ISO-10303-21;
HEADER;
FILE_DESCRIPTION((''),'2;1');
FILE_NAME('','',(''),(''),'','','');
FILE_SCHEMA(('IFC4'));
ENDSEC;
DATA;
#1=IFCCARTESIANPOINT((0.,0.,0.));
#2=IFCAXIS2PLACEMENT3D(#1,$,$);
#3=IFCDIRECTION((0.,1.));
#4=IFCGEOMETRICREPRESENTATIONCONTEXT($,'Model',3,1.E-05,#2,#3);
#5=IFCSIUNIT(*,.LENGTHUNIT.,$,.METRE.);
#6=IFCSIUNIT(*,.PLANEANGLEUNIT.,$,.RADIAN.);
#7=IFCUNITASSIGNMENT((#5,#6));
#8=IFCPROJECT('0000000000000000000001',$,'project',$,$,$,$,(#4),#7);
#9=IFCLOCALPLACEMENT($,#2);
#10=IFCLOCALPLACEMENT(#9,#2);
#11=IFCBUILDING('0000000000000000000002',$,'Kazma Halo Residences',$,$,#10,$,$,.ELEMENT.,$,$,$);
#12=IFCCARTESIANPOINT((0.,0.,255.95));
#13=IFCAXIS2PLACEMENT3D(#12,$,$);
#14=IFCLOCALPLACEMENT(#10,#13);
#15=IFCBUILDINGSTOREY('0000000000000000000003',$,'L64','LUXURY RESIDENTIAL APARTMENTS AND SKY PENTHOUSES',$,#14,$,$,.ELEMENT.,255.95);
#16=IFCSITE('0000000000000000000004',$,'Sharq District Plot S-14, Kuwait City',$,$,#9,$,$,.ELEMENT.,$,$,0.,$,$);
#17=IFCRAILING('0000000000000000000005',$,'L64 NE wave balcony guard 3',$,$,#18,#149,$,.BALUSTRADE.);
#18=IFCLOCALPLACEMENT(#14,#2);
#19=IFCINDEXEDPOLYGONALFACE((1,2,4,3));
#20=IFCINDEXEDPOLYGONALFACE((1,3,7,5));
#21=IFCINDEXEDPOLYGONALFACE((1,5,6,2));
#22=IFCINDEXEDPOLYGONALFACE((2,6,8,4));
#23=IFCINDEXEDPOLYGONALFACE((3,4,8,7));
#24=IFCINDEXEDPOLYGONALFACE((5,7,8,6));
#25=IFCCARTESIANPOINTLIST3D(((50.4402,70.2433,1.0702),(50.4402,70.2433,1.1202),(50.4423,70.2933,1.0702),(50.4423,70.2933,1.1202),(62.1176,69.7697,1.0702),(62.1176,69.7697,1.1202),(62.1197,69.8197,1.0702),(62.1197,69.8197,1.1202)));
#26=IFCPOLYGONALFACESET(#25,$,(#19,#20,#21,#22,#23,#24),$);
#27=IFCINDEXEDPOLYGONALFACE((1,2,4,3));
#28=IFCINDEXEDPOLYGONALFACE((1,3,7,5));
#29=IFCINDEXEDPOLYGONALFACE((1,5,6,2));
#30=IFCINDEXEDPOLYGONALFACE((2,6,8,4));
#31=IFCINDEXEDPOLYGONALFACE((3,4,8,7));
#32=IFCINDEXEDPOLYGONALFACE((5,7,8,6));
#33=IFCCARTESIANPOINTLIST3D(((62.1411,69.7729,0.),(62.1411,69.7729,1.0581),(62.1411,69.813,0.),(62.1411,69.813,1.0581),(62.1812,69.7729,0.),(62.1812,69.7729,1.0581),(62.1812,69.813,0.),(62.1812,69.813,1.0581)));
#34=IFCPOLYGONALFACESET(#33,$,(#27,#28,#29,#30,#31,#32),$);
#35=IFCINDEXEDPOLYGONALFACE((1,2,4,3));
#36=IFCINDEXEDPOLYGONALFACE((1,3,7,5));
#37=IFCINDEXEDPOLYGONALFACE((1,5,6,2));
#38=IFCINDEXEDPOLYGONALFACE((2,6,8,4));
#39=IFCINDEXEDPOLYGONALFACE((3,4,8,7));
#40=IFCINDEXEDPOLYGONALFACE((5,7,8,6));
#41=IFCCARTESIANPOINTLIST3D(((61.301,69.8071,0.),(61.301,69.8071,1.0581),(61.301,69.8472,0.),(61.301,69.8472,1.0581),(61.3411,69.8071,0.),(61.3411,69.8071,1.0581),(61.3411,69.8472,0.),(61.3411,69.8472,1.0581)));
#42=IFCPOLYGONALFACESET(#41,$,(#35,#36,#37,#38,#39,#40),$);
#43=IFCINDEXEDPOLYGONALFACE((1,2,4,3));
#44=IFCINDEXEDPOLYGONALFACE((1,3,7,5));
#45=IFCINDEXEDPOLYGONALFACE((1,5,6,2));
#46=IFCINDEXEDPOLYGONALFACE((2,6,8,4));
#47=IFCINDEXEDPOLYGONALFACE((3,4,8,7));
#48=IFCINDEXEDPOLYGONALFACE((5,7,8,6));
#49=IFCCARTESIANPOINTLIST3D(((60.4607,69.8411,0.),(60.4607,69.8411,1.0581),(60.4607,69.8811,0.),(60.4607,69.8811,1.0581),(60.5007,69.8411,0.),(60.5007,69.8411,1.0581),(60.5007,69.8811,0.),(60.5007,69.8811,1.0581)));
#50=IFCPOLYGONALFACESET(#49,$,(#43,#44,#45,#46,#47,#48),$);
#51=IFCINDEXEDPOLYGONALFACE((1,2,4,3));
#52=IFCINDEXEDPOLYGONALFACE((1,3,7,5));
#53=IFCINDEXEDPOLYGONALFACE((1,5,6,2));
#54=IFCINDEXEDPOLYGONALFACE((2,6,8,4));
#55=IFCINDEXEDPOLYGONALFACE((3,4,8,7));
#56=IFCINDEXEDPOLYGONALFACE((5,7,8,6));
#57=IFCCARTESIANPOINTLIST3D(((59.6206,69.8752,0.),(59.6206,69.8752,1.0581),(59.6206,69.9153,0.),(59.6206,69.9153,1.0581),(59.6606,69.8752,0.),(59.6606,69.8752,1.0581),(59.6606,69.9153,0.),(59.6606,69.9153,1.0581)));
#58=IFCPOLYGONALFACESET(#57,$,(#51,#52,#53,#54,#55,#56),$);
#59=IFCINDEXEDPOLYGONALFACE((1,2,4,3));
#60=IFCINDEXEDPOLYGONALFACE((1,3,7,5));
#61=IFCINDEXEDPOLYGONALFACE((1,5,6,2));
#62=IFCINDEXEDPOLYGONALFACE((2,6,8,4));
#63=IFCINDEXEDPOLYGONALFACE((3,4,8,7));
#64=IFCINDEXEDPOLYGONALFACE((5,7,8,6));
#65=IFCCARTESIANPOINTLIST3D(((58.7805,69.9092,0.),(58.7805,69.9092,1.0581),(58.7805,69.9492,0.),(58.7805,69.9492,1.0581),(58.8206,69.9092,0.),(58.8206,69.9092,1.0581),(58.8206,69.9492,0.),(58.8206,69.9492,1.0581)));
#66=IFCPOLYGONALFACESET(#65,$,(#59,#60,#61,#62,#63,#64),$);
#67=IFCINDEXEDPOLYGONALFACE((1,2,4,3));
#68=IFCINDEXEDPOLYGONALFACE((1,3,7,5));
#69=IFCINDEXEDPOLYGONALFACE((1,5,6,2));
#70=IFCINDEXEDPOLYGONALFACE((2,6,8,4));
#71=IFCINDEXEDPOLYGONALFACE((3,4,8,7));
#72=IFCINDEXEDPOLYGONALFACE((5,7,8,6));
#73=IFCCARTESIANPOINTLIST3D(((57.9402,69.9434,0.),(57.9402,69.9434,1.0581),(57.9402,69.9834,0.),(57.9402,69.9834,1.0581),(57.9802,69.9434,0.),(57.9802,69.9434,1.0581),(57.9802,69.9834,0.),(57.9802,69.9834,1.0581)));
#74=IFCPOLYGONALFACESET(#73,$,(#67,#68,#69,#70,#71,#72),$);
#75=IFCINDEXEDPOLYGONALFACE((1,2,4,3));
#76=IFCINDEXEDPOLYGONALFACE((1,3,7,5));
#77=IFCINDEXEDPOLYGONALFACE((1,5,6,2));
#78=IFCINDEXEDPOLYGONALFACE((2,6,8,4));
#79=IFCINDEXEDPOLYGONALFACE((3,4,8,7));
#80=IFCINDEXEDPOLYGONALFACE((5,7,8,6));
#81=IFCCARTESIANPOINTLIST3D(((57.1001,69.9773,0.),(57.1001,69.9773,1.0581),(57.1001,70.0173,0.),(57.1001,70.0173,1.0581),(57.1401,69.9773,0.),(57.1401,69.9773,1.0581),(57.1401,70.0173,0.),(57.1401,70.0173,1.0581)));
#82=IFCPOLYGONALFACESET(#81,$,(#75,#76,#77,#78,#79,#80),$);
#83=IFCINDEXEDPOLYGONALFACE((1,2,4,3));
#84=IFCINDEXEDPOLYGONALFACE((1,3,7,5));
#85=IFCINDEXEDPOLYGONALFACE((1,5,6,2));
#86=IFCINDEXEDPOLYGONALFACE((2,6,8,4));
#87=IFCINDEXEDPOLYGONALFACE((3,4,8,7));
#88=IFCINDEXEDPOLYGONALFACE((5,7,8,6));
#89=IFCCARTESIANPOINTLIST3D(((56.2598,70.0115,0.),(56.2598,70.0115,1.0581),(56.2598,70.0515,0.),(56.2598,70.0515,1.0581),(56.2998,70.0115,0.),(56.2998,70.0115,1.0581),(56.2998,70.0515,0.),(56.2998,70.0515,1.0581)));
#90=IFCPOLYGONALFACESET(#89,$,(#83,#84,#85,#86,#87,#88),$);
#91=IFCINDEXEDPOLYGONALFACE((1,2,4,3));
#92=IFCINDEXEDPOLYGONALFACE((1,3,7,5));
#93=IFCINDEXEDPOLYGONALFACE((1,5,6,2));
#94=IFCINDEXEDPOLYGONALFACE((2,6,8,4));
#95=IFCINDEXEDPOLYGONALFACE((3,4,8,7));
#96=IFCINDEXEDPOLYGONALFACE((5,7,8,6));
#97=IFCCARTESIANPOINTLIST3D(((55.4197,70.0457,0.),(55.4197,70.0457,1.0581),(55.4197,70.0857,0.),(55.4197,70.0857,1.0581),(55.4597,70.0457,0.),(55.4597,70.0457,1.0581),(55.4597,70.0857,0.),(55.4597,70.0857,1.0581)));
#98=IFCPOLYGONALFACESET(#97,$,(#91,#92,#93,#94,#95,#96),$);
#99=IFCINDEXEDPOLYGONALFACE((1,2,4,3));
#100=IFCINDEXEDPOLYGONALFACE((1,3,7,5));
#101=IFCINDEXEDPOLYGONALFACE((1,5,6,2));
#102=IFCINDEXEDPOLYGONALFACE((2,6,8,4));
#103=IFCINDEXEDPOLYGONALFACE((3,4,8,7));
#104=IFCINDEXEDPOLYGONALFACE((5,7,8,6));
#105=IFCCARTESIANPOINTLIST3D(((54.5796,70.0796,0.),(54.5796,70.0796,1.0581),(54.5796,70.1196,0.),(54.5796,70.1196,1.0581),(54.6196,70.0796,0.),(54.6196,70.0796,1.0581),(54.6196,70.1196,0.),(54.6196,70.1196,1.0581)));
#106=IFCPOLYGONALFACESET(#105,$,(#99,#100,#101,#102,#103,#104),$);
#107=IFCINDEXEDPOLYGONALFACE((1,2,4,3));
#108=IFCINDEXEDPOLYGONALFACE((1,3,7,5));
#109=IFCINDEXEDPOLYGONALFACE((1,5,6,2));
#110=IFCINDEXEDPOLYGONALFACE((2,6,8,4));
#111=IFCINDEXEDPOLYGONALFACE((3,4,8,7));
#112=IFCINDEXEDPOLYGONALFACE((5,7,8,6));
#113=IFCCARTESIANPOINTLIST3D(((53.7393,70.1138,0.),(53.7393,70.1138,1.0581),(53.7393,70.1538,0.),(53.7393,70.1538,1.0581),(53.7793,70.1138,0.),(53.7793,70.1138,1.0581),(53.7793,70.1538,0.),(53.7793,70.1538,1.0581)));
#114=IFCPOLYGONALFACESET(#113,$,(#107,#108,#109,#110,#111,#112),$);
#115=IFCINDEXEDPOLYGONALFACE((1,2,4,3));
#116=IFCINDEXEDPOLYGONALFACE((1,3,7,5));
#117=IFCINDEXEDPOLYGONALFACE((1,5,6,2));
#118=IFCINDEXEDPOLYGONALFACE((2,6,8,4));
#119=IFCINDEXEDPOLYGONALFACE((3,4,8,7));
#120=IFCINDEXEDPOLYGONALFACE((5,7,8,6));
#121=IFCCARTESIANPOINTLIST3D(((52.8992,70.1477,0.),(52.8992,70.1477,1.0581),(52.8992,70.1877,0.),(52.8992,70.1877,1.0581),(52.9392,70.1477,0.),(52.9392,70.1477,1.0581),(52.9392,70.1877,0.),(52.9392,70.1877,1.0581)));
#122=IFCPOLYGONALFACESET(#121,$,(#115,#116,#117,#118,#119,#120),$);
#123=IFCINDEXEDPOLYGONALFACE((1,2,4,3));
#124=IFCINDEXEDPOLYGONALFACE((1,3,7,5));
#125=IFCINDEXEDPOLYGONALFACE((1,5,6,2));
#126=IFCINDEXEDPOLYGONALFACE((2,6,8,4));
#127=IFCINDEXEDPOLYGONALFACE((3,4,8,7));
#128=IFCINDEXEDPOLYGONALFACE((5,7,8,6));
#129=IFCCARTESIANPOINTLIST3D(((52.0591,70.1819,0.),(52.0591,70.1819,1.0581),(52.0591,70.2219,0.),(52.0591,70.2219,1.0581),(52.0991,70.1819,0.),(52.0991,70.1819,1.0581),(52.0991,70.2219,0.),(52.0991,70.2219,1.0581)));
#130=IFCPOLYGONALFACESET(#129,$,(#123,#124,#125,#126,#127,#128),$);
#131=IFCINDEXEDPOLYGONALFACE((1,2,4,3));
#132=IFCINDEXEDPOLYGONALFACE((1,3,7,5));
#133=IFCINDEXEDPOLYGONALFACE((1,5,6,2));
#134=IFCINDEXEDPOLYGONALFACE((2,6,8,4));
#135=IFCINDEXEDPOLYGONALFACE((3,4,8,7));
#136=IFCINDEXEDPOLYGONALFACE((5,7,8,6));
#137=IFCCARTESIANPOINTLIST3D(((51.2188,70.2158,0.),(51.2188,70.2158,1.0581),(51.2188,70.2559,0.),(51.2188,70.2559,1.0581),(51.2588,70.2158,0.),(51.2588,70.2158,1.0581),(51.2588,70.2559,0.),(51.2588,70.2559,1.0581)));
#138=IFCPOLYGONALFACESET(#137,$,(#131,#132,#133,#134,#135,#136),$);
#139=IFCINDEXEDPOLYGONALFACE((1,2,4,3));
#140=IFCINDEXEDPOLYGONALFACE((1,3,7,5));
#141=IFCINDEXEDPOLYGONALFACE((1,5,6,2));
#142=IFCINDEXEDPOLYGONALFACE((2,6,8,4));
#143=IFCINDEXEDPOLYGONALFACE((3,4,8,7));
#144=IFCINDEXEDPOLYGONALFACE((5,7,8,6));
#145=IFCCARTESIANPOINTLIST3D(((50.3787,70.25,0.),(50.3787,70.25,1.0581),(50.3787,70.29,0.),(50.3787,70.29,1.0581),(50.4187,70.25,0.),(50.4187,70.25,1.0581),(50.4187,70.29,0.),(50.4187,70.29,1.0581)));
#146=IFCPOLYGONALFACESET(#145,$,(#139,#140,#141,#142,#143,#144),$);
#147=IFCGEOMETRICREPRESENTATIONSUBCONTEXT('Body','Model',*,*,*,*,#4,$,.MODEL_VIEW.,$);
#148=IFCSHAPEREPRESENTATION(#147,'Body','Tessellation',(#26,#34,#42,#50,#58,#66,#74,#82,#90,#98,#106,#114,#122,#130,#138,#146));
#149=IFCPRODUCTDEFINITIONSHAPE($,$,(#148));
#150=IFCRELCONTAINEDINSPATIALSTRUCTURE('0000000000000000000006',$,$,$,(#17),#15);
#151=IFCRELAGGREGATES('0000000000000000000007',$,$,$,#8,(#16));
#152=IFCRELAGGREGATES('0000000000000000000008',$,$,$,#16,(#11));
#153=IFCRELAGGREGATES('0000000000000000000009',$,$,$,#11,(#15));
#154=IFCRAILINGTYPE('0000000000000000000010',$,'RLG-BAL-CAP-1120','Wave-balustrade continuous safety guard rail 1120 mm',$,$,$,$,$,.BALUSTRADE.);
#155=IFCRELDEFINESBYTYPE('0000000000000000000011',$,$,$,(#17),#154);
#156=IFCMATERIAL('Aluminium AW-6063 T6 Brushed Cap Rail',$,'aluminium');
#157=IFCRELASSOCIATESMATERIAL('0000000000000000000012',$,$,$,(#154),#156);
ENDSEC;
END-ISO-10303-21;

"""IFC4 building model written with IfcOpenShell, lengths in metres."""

from ifc_helpers import new_model, si_unit, direction, frame, origin, origin_2d, place, context, subcontext, project, spatial, rectangle, extrude, material, type_object, element, save


model = new_model("IFC4")

# Units and contexts
model_context = context("Model", 3, precision=1e-05, world=origin(), true_north=direction((0.0, 1.0)))
body_context = subcontext(model_context, "Body", "Model", "MODEL_VIEW")
ifc_project = project(units=[si_unit("LENGTHUNIT", "METRE"), si_unit("PLANEANGLEUNIT", "RADIAN")], contexts=[model_context])

# Site, building, storey
site_placement = place(None, origin())
site = spatial("IfcSite", under=ifc_project, at=site_placement, Name="Sharq District Plot S-14, Kuwait City", CompositionType="ELEMENT", RefElevation=0.0)
building_placement = place(site_placement, origin())
building = spatial("IfcBuilding", under=site, at=building_placement, Name="Kazma Halo Residences", CompositionType="ELEMENT")
storey_placement = place(building_placement, frame((0.0, 0.0, 255.95)))
storey = spatial("IfcBuildingStorey", under=building, at=storey_placement, Name="L64", Description="LUXURY RESIDENTIAL APARTMENTS AND SKY PENTHOUSES", CompositionType="ELEMENT", Elevation=255.95)

# Railing
ifc_material_1 = material(Name="Aluminium AW-6063 T6 Brushed Cap Rail", Category="aluminium")
railing_type = type_object("IfcRailingType", Name="RLG-BAL-CAP-1120", Description="Wave-balustrade continuous safety guard rail 1120 mm", PredefinedType="BALUSTRADE", material=ifc_material_1)
railing_1_placement = place(storey_placement, frame((62.1611, 69.793, 0.0)))
element("IfcRailing", 1, at=railing_1_placement, inside=storey, type_object=railing_type, Name="L64 NE wave balcony guard 3", PredefinedType="BALUSTRADE", context=body_context, shape_type="SweptSolid", body=[
    extrude(rectangle(XDim=0.05, YDim=0.05, at=origin_2d()), frame((-0.0425, 0.0017, 1.0952), z_axis=(-0.999179, 0.040524, 0.0), x_axis=(-0.040524, -0.999179, 0.0)), (0.0, 0.0, 1.0), 11.687),
    extrude(rectangle(XDim=0.04, YDim=0.04, at=origin_2d()), origin(), (0.0, 0.0, 1.0), 1.0581),
    extrude(rectangle(XDim=0.04, YDim=0.04, at=origin_2d()), frame((-0.8401, 0.0342, 0.0)), (0.0, 0.0, 1.0), 1.0581),
    extrude(rectangle(XDim=0.04, YDim=0.04, at=origin_2d()), frame((-1.6804, 0.0681, 0.0)), (0.0, 0.0, 1.0), 1.0581),
    extrude(rectangle(XDim=0.04, YDim=0.04, at=origin_2d()), frame((-2.5205, 0.1023, 0.0)), (0.0, 0.0, 1.0), 1.0581),
    extrude(rectangle(XDim=0.04, YDim=0.04, at=origin_2d()), frame((-3.3606, 0.1362, 0.0)), (0.0, 0.0, 1.0), 1.0581),
    extrude(rectangle(XDim=0.04, YDim=0.04, at=origin_2d()), frame((-4.2009, 0.1704, 0.0)), (0.0, 0.0, 1.0), 1.0581),
    extrude(rectangle(XDim=0.04, YDim=0.04, at=origin_2d()), frame((-5.041, 0.2043, 0.0)), (0.0, 0.0, 1.0), 1.0581),
    extrude(rectangle(XDim=0.04, YDim=0.04, at=origin_2d()), frame((-5.8813, 0.2385, 0.0)), (0.0, 0.0, 1.0), 1.0581),
    extrude(rectangle(XDim=0.04, YDim=0.04, at=origin_2d()), frame((-6.7214, 0.2727, 0.0)), (0.0, 0.0, 1.0), 1.0581),
    extrude(rectangle(XDim=0.04, YDim=0.04, at=origin_2d()), frame((-7.5615, 0.3066, 0.0)), (0.0, 0.0, 1.0), 1.0581),
    extrude(rectangle(XDim=0.04, YDim=0.04, at=origin_2d()), frame((-8.4019, 0.3408, 0.0)), (0.0, 0.0, 1.0), 1.0581),
    extrude(rectangle(XDim=0.04, YDim=0.04, at=origin_2d()), frame((-9.2419, 0.3748, 0.0)), (0.0, 0.0, 1.0), 1.0581),
    extrude(rectangle(XDim=0.04, YDim=0.04, at=origin_2d()), frame((-10.082, 0.4089, 0.0)), (0.0, 0.0, 1.0), 1.0581),
    extrude(rectangle(XDim=0.04, YDim=0.04, at=origin_2d()), frame((-10.9224, 0.4429, 0.0)), (0.0, 0.0, 1.0), 1.0581),
    extrude(rectangle(XDim=0.04, YDim=0.04, at=origin_2d()), frame((-11.7625, 0.4771, 0.0)), (0.0, 0.0, 1.0), 1.0581),
])

save(model, "model.ifc")
